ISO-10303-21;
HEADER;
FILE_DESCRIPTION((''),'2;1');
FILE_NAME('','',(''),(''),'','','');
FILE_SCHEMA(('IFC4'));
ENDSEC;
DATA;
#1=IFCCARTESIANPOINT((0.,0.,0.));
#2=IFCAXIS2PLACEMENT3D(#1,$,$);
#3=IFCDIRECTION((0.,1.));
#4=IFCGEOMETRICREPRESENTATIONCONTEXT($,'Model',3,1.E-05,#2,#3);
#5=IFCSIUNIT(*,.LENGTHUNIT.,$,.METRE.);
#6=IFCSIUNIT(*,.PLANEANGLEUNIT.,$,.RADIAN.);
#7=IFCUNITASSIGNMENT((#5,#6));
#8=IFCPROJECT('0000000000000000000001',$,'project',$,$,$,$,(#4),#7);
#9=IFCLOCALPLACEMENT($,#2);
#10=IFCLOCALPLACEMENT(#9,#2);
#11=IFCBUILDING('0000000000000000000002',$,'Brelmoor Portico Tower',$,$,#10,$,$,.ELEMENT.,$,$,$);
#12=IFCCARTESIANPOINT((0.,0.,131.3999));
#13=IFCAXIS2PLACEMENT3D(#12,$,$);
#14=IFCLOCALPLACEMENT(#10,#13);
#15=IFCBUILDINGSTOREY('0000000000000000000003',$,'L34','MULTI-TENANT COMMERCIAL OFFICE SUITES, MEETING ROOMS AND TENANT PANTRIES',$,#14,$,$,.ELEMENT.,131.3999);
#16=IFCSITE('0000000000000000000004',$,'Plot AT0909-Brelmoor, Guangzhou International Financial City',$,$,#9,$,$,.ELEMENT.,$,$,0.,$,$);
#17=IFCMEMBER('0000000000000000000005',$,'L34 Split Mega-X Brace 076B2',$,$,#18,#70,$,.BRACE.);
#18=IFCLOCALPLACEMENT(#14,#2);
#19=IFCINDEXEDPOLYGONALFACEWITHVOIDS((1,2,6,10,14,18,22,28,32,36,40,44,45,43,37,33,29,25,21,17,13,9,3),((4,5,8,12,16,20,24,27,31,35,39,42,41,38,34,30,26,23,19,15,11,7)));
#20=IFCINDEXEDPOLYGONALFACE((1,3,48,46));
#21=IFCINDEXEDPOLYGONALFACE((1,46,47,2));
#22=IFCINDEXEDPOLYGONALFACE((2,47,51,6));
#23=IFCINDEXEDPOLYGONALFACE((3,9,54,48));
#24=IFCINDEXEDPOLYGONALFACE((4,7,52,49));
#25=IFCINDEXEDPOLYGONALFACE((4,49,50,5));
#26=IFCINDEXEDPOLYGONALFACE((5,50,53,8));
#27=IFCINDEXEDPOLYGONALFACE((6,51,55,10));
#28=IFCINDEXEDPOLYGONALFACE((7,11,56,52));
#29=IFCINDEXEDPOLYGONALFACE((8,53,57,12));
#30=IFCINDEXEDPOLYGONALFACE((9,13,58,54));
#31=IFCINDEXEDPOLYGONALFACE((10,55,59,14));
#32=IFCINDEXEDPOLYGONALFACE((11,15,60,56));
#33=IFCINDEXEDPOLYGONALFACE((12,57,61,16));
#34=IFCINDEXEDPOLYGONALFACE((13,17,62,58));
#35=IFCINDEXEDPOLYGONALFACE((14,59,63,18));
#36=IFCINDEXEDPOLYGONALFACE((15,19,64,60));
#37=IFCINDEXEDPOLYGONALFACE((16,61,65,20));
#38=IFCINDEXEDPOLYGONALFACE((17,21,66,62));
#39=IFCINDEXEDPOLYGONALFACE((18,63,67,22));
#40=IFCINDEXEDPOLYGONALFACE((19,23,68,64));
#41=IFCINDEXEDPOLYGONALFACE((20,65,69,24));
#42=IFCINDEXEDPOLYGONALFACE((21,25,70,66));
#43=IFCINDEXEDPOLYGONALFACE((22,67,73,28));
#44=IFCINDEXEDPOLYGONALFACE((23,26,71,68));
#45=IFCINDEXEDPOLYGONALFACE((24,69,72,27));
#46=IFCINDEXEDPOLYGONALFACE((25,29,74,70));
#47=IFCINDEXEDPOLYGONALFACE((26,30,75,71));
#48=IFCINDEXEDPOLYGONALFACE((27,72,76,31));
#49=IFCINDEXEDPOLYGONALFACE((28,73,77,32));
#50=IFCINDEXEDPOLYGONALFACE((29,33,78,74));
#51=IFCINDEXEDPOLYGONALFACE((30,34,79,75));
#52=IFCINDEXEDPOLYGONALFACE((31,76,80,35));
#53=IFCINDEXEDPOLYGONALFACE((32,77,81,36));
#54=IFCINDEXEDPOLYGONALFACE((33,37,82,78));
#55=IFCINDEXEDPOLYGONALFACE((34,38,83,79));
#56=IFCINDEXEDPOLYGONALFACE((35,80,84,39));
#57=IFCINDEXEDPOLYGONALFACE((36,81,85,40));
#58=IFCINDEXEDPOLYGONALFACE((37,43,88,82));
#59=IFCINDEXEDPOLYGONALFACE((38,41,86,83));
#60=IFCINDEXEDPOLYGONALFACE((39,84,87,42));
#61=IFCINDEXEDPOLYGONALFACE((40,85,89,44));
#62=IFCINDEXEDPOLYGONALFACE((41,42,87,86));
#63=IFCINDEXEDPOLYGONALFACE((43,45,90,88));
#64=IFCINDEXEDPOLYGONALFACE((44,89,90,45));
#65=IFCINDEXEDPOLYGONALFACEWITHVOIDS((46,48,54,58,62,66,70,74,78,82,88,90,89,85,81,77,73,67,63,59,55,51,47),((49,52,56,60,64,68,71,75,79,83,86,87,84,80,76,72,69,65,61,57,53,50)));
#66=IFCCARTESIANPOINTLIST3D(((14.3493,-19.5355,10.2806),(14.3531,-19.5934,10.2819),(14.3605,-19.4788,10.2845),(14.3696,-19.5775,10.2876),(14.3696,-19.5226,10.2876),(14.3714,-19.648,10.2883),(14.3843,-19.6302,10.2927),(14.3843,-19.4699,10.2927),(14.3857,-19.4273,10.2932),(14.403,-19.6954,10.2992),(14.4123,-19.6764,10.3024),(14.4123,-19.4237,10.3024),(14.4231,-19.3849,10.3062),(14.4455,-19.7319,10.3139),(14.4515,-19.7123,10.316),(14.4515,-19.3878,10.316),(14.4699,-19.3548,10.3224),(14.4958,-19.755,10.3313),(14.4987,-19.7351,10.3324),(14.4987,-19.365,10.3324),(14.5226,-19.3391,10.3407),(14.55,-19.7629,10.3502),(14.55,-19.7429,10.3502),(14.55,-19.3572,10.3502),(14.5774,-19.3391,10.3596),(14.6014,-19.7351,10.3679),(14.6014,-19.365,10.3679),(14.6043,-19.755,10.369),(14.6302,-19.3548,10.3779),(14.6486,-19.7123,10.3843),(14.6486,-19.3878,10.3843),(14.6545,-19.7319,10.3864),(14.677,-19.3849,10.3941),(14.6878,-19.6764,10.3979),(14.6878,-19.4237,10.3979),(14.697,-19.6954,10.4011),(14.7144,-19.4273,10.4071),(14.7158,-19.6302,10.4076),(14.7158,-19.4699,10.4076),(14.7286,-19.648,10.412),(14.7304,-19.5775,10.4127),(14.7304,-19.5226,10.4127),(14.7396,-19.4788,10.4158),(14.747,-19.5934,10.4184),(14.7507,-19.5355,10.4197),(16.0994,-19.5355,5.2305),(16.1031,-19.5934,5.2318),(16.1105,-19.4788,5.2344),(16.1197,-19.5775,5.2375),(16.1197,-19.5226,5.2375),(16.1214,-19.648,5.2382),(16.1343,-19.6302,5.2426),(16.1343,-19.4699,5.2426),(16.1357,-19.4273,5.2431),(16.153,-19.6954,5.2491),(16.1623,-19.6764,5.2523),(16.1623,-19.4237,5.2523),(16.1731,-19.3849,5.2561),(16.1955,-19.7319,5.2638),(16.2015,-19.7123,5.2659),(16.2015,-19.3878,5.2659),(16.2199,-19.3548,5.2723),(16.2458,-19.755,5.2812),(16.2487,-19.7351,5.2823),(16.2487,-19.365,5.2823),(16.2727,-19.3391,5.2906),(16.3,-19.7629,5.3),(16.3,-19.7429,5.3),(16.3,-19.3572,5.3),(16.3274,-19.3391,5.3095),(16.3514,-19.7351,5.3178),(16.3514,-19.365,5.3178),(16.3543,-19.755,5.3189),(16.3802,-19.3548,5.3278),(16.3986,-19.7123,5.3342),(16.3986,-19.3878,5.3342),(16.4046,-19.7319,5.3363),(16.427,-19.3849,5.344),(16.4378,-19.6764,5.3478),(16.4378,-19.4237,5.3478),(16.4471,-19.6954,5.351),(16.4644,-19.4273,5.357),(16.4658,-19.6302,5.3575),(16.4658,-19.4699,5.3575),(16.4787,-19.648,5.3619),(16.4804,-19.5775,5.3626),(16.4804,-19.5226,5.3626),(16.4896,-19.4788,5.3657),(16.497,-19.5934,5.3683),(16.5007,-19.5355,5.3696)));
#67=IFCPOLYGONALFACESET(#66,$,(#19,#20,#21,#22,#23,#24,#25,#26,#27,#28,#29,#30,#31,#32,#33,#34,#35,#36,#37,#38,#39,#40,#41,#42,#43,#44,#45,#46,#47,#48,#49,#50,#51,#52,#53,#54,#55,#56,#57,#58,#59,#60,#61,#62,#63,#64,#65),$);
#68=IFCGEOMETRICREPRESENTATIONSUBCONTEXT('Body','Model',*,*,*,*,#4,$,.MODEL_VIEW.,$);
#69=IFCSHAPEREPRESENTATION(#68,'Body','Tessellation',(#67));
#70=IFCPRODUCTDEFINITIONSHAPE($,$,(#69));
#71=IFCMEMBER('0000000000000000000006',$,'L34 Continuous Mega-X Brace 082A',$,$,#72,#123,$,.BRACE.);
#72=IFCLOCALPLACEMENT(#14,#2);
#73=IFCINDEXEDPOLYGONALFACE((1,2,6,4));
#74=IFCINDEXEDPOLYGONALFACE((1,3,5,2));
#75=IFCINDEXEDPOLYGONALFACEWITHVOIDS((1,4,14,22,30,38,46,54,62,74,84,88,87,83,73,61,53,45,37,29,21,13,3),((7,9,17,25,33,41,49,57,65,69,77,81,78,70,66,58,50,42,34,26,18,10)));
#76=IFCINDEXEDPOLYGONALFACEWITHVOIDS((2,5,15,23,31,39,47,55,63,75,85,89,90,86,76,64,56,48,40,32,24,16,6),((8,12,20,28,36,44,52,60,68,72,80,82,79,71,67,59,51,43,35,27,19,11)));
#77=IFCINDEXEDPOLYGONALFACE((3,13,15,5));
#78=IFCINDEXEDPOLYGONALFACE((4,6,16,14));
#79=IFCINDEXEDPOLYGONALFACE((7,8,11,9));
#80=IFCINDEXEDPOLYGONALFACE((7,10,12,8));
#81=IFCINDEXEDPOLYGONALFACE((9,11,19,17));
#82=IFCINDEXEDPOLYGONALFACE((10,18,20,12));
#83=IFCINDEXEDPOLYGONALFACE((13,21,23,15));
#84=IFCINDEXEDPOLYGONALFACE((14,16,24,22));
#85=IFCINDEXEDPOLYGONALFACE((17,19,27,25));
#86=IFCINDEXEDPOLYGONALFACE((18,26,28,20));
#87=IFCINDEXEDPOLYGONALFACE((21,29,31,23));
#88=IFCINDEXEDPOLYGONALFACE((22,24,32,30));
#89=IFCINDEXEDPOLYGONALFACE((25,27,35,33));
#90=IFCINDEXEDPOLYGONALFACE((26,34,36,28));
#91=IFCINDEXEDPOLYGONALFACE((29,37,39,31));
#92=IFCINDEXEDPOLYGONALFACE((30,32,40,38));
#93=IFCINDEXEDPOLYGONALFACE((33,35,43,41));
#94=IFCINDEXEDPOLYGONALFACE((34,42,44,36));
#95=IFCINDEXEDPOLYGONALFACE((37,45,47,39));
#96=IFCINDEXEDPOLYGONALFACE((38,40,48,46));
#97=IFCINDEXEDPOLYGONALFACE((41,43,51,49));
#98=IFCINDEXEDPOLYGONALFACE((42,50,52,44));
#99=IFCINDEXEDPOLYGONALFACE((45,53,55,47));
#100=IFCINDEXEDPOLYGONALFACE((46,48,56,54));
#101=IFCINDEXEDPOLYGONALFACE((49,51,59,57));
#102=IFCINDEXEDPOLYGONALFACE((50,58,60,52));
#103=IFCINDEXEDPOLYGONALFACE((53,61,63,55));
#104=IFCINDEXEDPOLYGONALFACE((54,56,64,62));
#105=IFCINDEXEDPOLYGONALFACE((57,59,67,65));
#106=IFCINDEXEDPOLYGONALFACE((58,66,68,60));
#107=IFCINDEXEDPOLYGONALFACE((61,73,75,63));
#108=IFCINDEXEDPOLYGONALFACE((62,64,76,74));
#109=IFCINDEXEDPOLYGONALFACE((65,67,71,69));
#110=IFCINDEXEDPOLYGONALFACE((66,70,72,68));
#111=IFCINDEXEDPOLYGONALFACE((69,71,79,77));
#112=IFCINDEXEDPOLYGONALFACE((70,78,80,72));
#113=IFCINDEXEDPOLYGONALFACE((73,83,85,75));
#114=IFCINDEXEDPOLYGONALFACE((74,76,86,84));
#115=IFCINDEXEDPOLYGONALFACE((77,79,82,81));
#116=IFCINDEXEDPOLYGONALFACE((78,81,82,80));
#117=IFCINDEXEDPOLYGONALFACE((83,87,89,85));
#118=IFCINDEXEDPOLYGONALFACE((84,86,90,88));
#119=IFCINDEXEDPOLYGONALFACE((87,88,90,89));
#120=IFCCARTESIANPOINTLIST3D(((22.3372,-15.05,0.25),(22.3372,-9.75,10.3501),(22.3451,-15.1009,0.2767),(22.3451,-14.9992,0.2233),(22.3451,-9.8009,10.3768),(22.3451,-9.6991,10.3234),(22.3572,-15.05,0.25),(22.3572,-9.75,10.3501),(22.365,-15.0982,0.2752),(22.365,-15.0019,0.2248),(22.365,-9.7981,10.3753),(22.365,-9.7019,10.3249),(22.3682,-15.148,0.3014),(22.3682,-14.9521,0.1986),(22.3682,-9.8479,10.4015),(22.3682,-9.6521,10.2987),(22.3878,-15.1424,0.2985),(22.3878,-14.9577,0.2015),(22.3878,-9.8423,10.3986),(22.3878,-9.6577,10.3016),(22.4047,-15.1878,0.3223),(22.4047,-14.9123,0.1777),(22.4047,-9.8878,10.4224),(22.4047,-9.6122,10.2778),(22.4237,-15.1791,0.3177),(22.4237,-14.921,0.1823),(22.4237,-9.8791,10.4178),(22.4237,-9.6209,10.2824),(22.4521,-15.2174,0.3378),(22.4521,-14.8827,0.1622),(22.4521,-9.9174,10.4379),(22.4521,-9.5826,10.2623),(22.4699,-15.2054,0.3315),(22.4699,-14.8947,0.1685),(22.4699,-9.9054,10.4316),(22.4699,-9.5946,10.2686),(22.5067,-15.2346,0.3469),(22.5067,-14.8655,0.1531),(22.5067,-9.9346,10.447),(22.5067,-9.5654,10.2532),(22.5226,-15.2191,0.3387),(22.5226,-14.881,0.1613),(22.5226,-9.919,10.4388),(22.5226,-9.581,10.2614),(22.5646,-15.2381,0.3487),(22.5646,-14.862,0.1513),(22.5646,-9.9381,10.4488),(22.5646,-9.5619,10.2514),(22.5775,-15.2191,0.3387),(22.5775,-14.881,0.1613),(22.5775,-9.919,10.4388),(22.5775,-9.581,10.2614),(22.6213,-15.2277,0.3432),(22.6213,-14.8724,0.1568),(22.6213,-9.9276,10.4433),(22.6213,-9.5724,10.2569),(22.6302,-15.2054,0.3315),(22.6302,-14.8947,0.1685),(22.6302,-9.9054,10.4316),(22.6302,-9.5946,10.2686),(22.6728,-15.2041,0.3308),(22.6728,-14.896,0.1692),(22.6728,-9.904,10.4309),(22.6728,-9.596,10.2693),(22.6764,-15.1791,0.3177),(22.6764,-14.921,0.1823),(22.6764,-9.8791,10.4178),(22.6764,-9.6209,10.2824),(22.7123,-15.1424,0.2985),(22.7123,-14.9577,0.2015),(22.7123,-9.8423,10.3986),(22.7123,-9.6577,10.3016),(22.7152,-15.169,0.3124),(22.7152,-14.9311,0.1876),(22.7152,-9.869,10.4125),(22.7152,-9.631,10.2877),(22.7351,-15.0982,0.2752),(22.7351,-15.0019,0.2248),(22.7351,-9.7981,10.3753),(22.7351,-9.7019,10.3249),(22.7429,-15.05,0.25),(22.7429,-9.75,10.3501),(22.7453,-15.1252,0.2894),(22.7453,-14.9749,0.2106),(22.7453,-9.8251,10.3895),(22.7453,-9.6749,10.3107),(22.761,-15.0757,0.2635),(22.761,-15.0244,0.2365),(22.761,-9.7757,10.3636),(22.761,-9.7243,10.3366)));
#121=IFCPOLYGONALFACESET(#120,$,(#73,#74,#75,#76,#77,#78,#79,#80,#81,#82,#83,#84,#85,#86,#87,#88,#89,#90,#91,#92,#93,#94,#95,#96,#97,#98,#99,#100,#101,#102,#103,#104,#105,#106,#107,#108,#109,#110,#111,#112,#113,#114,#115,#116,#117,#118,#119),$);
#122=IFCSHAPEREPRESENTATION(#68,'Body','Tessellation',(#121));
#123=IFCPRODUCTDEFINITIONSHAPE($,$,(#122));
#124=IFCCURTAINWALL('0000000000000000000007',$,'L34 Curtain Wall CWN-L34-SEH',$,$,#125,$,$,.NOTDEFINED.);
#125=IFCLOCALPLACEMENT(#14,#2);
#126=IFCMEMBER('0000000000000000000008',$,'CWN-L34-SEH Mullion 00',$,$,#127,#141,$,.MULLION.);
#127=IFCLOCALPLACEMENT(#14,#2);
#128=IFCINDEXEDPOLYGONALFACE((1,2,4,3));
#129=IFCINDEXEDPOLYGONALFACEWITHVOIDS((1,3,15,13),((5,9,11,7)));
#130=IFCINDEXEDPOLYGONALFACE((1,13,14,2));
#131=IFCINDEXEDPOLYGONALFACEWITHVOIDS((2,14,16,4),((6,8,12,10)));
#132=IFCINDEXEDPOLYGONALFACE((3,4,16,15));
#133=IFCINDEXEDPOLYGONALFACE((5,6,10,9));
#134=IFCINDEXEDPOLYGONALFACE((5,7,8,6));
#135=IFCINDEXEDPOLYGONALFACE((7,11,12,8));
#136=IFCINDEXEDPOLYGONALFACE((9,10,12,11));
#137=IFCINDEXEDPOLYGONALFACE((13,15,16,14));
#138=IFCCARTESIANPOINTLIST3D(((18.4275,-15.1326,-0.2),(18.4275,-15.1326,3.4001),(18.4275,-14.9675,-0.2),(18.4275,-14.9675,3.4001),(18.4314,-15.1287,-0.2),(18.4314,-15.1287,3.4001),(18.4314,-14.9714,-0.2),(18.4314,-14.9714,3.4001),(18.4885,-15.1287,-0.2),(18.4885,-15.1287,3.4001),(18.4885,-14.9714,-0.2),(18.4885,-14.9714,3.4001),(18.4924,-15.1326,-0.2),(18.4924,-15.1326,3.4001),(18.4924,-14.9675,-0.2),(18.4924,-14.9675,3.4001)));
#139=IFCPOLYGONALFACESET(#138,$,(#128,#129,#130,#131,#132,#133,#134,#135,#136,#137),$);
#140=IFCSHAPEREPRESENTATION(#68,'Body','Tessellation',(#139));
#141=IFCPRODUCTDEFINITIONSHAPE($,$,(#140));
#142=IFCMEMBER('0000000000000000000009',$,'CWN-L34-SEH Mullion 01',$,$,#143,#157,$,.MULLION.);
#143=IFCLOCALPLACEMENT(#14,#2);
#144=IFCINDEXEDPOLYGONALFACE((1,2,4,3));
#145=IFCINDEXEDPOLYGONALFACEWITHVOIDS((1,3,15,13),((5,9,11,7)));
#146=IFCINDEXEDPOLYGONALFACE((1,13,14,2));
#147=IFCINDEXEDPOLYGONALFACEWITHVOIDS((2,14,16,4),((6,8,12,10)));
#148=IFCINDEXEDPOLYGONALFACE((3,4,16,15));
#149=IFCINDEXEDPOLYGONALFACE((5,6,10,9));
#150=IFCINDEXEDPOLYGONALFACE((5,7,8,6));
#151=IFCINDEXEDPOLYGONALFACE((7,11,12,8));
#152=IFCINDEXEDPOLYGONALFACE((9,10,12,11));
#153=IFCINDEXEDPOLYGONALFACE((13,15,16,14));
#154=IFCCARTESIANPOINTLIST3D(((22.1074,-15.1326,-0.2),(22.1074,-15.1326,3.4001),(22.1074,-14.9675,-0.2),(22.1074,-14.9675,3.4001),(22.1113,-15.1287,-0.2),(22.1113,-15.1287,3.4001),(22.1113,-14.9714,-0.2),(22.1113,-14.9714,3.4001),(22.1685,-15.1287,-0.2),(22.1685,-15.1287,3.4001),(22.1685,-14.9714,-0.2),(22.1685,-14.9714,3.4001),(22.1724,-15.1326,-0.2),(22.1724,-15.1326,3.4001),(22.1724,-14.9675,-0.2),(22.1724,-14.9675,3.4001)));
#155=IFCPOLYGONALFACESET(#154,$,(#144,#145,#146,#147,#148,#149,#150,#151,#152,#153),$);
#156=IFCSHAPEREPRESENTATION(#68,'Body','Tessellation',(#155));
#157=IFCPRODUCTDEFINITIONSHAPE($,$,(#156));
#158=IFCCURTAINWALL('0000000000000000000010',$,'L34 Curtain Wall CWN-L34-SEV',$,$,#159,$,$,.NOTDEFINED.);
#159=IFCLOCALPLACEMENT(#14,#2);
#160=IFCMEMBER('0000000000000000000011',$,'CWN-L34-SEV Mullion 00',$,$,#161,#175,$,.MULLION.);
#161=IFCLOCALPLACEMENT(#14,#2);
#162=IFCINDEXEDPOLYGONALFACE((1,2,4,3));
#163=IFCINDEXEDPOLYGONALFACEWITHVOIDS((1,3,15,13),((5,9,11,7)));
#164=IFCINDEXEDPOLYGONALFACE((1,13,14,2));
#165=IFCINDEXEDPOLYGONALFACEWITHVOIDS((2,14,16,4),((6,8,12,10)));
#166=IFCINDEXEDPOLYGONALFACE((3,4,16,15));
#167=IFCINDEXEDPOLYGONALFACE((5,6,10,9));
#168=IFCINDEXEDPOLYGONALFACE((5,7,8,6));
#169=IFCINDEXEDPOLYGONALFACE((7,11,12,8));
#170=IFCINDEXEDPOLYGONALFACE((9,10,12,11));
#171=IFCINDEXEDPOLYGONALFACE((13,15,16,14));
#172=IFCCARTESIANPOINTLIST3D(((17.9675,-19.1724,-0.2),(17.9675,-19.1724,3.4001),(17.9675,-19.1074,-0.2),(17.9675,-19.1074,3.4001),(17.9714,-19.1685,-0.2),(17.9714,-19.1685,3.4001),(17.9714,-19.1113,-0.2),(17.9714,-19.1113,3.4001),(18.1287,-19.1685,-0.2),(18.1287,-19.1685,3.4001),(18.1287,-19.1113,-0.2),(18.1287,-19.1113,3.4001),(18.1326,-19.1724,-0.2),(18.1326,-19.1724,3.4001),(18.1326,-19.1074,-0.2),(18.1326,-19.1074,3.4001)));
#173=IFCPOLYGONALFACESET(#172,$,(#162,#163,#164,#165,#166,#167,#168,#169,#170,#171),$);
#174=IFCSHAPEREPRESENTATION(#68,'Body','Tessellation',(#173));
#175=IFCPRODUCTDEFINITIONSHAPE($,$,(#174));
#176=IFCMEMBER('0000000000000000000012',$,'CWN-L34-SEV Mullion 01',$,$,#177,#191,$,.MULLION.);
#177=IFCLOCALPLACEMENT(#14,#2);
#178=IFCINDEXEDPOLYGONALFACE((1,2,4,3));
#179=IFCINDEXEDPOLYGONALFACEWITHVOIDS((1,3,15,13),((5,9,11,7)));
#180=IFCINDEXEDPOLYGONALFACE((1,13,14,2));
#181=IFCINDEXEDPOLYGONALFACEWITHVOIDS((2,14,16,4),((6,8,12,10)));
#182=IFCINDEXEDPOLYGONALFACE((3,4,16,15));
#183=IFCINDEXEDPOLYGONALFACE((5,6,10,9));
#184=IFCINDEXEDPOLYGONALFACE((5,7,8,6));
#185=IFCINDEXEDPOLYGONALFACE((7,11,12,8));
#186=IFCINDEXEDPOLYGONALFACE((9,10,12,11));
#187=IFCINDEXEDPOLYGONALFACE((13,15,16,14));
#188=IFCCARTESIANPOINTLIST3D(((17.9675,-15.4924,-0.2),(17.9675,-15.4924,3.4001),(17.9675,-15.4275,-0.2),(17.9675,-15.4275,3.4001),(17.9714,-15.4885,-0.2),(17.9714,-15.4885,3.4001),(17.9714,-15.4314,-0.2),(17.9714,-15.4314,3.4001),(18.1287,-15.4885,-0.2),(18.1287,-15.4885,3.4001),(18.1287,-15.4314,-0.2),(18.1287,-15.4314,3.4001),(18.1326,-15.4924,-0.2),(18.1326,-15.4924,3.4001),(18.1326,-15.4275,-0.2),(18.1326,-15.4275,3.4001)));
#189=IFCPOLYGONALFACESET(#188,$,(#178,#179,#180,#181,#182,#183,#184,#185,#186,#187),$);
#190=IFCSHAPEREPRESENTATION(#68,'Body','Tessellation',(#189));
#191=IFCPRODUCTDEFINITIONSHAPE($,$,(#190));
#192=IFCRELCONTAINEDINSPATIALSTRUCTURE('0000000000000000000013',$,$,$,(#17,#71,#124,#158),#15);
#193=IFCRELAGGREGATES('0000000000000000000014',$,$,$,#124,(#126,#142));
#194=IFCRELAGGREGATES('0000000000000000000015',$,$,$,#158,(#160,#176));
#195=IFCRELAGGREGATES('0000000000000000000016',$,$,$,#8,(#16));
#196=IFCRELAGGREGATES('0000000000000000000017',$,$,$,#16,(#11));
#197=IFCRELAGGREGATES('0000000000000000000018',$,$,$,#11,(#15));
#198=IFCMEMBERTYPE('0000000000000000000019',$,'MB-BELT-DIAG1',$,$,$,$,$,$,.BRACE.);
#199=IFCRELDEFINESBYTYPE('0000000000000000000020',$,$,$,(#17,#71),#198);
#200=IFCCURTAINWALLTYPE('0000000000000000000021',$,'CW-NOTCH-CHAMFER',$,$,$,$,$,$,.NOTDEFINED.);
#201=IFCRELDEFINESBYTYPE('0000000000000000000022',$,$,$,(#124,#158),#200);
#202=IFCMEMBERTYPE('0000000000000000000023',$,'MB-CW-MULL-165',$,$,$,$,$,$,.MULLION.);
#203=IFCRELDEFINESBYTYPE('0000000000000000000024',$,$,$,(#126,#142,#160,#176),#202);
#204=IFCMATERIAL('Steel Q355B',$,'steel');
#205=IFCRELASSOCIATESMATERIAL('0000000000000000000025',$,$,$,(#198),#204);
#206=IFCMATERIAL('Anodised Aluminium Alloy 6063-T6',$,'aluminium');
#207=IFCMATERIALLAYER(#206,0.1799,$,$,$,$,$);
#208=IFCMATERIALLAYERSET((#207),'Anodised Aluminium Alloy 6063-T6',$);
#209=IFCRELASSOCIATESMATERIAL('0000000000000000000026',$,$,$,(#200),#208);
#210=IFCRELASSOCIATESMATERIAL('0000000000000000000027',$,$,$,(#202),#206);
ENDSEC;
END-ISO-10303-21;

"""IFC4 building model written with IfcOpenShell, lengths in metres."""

from ifc_helpers import new_model, si_unit, direction, frame, origin, origin_2d, place, context, subcontext, project, spatial, hollow_rectangle, hollow_circle, extrude, material, layer, layer_set, material_profile, profile_set, type_object, element, aggregate, save


model = new_model("IFC4")

# Units and contexts
model_context = context("Model", 3, precision=1e-05, world=origin(), true_north=direction((0.0, 1.0)))
body_context = subcontext(model_context, "Body", "Model", "MODEL_VIEW")
ifc_project = project(units=[si_unit("LENGTHUNIT", "METRE"), si_unit("PLANEANGLEUNIT", "RADIAN")], contexts=[model_context])

# Site, building, storey
site_placement = place(None, origin())
site = spatial("IfcSite", under=ifc_project, at=site_placement, Name="Plot AT0909-Brelmoor, Guangzhou International Financial City", CompositionType="ELEMENT", RefElevation=0.0)
building_placement = place(site_placement, origin())
building = spatial("IfcBuilding", under=site, at=building_placement, Name="Brelmoor Portico Tower", CompositionType="ELEMENT")
storey_placement = place(building_placement, frame((0.0, 0.0, 131.3999)))
storey = spatial("IfcBuildingStorey", under=building, at=storey_placement, Name="L34", Description="MULTI-TENANT COMMERCIAL OFFICE SUITES, MEETING ROOMS AND TENANT PANTRIES", CompositionType="ELEMENT", Elevation=131.3999)

# Shared definitions
ifc_material_1 = material(Name="Steel Q355B", Category="steel")

# Members
ifc_material_profile_1 = material_profile(ifc_material_1, hollow_circle(Radius=0.2129, WallThickness=0.02, at=origin_2d()), Name="CHS 426x20")
ifc_profile_set_1 = profile_set([ifc_material_profile_1], Name="Steel Q355B")
member_type_1 = type_object("IfcMemberType", Name="MB-BELT-DIAG1", PredefinedType="BRACE", material=ifc_profile_set_1)
for number, where, z_axis, x_axis, name in (
    (1, (16.3, -19.55, 5.3), (-0.327429, 0.0, 0.944876), (0.0, -1.0, 0.0), "L34 Split Mega-X Brace 076B2"),
):
    element("IfcMember", number, at=place(storey_placement, frame(where, z_axis=z_axis, x_axis=x_axis)), inside=storey, type_object=member_type_1, Name=name, PredefinedType="BRACE", context=body_context, shape_type="SweptSolid", body=[
        extrude(hollow_circle(Radius=0.2129, WallThickness=0.02, at=origin_2d()), origin(), (0.0, 0.0, 1.0), 5.3447),
    ])
member_1_placement = place(storey_placement, frame((22.55, -15.05, 0.25), z_axis=(0.0, 0.464662, 0.885488), x_axis=(-1.0, 0.0, 0.0)))
element("IfcMember", 2, at=member_1_placement, inside=storey, type_object=member_type_1, Name="L34 Continuous Mega-X Brace 082A", PredefinedType="BRACE", context=body_context, shape_type="SweptSolid", body=[
    extrude(hollow_circle(Radius=0.2129, WallThickness=0.02, at=origin_2d()), origin(), (0.0, 0.0, 1.0), 11.4062),
])

# Curtain walls, members
ifc_material_2 = material(Name="Anodised Aluminium Alloy 6063-T6", Category="aluminium")
ifc_layer_1 = layer(ifc_material_2, 0.1799)
ifc_layer_set_1 = layer_set([ifc_layer_1], Name="Anodised Aluminium Alloy 6063-T6")
curtain_wall_type_1 = type_object("IfcCurtainWallType", Name="CW-NOTCH-CHAMFER", PredefinedType="NOTDEFINED", material=ifc_layer_set_1)
curtain_wall_1_placement = place(storey_placement, origin())
curtain_wall_1 = element("IfcCurtainWall", 3, at=curtain_wall_1_placement, inside=storey, type_object=curtain_wall_type_1, Name="L34 Curtain Wall CWN-L34-SEH", PredefinedType="NOTDEFINED")
ifc_material_profile_2 = material_profile(ifc_material_2, hollow_rectangle(XDim=0.0649, YDim=0.165, WallThickness=0.0039, at=origin_2d()), Name="ALU MULLION 65x165")
ifc_profile_set_2 = profile_set([ifc_material_profile_2], Name="Anodised Aluminium Alloy 6063-T6")
member_type_2 = type_object("IfcMemberType", Name="MB-CW-MULL-165", PredefinedType="MULLION", material=ifc_profile_set_2)
member_2_placement = place(storey_placement, frame((18.46, -15.05, -0.2), z_axis=(0.0, 0.0, 1.0), x_axis=(1.0, 0.0, 0.0)))
member_2 = element("IfcMember", 4, at=member_2_placement, type_object=member_type_2, Name="CWN-L34-SEH Mullion 00", PredefinedType="MULLION", context=body_context, shape_type="SweptSolid", body=[
    extrude(hollow_rectangle(XDim=0.0649, YDim=0.165, WallThickness=0.0039, at=origin_2d()), origin(), (0.0, 0.0, 1.0), 3.6001),
])
member_3_placement = place(storey_placement, frame((22.1399, -15.05, -0.2), z_axis=(0.0, 0.0, 1.0), x_axis=(1.0, 0.0, 0.0)))
member_3 = element("IfcMember", 5, at=member_3_placement, type_object=member_type_2, Name="CWN-L34-SEH Mullion 01", PredefinedType="MULLION", context=body_context, shape_type="SweptSolid", body=[
    extrude(hollow_rectangle(XDim=0.0649, YDim=0.165, WallThickness=0.0039, at=origin_2d()), origin(), (0.0, 0.0, 1.0), 3.6001),
])
curtain_wall_2_placement = place(storey_placement, origin())
curtain_wall_2 = element("IfcCurtainWall", 6, at=curtain_wall_2_placement, inside=storey, type_object=curtain_wall_type_1, Name="L34 Curtain Wall CWN-L34-SEV", PredefinedType="NOTDEFINED")
member_4_placement = place(storey_placement, frame((18.05, -19.1399, -0.2), z_axis=(0.0, 0.0, 1.0), x_axis=(0.0, 1.0, 0.0)))
member_4 = element("IfcMember", 7, at=member_4_placement, type_object=member_type_2, Name="CWN-L34-SEV Mullion 00", PredefinedType="MULLION", context=body_context, shape_type="SweptSolid", body=[
    extrude(hollow_rectangle(XDim=0.0649, YDim=0.165, WallThickness=0.0039, at=origin_2d()), origin(), (0.0, 0.0, 1.0), 3.6001),
])
member_5_placement = place(storey_placement, frame((18.05, -15.46, -0.2), z_axis=(0.0, 0.0, 1.0), x_axis=(0.0, 1.0, 0.0)))
member_5 = element("IfcMember", 8, at=member_5_placement, type_object=member_type_2, Name="CWN-L34-SEV Mullion 01", PredefinedType="MULLION", context=body_context, shape_type="SweptSolid", body=[
    extrude(hollow_rectangle(XDim=0.0649, YDim=0.165, WallThickness=0.0039, at=origin_2d()), origin(), (0.0, 0.0, 1.0), 3.6001),
])

aggregate(curtain_wall_1, [member_2, member_3])
aggregate(curtain_wall_2, [member_4, member_5])

save(model, "model.ifc")
